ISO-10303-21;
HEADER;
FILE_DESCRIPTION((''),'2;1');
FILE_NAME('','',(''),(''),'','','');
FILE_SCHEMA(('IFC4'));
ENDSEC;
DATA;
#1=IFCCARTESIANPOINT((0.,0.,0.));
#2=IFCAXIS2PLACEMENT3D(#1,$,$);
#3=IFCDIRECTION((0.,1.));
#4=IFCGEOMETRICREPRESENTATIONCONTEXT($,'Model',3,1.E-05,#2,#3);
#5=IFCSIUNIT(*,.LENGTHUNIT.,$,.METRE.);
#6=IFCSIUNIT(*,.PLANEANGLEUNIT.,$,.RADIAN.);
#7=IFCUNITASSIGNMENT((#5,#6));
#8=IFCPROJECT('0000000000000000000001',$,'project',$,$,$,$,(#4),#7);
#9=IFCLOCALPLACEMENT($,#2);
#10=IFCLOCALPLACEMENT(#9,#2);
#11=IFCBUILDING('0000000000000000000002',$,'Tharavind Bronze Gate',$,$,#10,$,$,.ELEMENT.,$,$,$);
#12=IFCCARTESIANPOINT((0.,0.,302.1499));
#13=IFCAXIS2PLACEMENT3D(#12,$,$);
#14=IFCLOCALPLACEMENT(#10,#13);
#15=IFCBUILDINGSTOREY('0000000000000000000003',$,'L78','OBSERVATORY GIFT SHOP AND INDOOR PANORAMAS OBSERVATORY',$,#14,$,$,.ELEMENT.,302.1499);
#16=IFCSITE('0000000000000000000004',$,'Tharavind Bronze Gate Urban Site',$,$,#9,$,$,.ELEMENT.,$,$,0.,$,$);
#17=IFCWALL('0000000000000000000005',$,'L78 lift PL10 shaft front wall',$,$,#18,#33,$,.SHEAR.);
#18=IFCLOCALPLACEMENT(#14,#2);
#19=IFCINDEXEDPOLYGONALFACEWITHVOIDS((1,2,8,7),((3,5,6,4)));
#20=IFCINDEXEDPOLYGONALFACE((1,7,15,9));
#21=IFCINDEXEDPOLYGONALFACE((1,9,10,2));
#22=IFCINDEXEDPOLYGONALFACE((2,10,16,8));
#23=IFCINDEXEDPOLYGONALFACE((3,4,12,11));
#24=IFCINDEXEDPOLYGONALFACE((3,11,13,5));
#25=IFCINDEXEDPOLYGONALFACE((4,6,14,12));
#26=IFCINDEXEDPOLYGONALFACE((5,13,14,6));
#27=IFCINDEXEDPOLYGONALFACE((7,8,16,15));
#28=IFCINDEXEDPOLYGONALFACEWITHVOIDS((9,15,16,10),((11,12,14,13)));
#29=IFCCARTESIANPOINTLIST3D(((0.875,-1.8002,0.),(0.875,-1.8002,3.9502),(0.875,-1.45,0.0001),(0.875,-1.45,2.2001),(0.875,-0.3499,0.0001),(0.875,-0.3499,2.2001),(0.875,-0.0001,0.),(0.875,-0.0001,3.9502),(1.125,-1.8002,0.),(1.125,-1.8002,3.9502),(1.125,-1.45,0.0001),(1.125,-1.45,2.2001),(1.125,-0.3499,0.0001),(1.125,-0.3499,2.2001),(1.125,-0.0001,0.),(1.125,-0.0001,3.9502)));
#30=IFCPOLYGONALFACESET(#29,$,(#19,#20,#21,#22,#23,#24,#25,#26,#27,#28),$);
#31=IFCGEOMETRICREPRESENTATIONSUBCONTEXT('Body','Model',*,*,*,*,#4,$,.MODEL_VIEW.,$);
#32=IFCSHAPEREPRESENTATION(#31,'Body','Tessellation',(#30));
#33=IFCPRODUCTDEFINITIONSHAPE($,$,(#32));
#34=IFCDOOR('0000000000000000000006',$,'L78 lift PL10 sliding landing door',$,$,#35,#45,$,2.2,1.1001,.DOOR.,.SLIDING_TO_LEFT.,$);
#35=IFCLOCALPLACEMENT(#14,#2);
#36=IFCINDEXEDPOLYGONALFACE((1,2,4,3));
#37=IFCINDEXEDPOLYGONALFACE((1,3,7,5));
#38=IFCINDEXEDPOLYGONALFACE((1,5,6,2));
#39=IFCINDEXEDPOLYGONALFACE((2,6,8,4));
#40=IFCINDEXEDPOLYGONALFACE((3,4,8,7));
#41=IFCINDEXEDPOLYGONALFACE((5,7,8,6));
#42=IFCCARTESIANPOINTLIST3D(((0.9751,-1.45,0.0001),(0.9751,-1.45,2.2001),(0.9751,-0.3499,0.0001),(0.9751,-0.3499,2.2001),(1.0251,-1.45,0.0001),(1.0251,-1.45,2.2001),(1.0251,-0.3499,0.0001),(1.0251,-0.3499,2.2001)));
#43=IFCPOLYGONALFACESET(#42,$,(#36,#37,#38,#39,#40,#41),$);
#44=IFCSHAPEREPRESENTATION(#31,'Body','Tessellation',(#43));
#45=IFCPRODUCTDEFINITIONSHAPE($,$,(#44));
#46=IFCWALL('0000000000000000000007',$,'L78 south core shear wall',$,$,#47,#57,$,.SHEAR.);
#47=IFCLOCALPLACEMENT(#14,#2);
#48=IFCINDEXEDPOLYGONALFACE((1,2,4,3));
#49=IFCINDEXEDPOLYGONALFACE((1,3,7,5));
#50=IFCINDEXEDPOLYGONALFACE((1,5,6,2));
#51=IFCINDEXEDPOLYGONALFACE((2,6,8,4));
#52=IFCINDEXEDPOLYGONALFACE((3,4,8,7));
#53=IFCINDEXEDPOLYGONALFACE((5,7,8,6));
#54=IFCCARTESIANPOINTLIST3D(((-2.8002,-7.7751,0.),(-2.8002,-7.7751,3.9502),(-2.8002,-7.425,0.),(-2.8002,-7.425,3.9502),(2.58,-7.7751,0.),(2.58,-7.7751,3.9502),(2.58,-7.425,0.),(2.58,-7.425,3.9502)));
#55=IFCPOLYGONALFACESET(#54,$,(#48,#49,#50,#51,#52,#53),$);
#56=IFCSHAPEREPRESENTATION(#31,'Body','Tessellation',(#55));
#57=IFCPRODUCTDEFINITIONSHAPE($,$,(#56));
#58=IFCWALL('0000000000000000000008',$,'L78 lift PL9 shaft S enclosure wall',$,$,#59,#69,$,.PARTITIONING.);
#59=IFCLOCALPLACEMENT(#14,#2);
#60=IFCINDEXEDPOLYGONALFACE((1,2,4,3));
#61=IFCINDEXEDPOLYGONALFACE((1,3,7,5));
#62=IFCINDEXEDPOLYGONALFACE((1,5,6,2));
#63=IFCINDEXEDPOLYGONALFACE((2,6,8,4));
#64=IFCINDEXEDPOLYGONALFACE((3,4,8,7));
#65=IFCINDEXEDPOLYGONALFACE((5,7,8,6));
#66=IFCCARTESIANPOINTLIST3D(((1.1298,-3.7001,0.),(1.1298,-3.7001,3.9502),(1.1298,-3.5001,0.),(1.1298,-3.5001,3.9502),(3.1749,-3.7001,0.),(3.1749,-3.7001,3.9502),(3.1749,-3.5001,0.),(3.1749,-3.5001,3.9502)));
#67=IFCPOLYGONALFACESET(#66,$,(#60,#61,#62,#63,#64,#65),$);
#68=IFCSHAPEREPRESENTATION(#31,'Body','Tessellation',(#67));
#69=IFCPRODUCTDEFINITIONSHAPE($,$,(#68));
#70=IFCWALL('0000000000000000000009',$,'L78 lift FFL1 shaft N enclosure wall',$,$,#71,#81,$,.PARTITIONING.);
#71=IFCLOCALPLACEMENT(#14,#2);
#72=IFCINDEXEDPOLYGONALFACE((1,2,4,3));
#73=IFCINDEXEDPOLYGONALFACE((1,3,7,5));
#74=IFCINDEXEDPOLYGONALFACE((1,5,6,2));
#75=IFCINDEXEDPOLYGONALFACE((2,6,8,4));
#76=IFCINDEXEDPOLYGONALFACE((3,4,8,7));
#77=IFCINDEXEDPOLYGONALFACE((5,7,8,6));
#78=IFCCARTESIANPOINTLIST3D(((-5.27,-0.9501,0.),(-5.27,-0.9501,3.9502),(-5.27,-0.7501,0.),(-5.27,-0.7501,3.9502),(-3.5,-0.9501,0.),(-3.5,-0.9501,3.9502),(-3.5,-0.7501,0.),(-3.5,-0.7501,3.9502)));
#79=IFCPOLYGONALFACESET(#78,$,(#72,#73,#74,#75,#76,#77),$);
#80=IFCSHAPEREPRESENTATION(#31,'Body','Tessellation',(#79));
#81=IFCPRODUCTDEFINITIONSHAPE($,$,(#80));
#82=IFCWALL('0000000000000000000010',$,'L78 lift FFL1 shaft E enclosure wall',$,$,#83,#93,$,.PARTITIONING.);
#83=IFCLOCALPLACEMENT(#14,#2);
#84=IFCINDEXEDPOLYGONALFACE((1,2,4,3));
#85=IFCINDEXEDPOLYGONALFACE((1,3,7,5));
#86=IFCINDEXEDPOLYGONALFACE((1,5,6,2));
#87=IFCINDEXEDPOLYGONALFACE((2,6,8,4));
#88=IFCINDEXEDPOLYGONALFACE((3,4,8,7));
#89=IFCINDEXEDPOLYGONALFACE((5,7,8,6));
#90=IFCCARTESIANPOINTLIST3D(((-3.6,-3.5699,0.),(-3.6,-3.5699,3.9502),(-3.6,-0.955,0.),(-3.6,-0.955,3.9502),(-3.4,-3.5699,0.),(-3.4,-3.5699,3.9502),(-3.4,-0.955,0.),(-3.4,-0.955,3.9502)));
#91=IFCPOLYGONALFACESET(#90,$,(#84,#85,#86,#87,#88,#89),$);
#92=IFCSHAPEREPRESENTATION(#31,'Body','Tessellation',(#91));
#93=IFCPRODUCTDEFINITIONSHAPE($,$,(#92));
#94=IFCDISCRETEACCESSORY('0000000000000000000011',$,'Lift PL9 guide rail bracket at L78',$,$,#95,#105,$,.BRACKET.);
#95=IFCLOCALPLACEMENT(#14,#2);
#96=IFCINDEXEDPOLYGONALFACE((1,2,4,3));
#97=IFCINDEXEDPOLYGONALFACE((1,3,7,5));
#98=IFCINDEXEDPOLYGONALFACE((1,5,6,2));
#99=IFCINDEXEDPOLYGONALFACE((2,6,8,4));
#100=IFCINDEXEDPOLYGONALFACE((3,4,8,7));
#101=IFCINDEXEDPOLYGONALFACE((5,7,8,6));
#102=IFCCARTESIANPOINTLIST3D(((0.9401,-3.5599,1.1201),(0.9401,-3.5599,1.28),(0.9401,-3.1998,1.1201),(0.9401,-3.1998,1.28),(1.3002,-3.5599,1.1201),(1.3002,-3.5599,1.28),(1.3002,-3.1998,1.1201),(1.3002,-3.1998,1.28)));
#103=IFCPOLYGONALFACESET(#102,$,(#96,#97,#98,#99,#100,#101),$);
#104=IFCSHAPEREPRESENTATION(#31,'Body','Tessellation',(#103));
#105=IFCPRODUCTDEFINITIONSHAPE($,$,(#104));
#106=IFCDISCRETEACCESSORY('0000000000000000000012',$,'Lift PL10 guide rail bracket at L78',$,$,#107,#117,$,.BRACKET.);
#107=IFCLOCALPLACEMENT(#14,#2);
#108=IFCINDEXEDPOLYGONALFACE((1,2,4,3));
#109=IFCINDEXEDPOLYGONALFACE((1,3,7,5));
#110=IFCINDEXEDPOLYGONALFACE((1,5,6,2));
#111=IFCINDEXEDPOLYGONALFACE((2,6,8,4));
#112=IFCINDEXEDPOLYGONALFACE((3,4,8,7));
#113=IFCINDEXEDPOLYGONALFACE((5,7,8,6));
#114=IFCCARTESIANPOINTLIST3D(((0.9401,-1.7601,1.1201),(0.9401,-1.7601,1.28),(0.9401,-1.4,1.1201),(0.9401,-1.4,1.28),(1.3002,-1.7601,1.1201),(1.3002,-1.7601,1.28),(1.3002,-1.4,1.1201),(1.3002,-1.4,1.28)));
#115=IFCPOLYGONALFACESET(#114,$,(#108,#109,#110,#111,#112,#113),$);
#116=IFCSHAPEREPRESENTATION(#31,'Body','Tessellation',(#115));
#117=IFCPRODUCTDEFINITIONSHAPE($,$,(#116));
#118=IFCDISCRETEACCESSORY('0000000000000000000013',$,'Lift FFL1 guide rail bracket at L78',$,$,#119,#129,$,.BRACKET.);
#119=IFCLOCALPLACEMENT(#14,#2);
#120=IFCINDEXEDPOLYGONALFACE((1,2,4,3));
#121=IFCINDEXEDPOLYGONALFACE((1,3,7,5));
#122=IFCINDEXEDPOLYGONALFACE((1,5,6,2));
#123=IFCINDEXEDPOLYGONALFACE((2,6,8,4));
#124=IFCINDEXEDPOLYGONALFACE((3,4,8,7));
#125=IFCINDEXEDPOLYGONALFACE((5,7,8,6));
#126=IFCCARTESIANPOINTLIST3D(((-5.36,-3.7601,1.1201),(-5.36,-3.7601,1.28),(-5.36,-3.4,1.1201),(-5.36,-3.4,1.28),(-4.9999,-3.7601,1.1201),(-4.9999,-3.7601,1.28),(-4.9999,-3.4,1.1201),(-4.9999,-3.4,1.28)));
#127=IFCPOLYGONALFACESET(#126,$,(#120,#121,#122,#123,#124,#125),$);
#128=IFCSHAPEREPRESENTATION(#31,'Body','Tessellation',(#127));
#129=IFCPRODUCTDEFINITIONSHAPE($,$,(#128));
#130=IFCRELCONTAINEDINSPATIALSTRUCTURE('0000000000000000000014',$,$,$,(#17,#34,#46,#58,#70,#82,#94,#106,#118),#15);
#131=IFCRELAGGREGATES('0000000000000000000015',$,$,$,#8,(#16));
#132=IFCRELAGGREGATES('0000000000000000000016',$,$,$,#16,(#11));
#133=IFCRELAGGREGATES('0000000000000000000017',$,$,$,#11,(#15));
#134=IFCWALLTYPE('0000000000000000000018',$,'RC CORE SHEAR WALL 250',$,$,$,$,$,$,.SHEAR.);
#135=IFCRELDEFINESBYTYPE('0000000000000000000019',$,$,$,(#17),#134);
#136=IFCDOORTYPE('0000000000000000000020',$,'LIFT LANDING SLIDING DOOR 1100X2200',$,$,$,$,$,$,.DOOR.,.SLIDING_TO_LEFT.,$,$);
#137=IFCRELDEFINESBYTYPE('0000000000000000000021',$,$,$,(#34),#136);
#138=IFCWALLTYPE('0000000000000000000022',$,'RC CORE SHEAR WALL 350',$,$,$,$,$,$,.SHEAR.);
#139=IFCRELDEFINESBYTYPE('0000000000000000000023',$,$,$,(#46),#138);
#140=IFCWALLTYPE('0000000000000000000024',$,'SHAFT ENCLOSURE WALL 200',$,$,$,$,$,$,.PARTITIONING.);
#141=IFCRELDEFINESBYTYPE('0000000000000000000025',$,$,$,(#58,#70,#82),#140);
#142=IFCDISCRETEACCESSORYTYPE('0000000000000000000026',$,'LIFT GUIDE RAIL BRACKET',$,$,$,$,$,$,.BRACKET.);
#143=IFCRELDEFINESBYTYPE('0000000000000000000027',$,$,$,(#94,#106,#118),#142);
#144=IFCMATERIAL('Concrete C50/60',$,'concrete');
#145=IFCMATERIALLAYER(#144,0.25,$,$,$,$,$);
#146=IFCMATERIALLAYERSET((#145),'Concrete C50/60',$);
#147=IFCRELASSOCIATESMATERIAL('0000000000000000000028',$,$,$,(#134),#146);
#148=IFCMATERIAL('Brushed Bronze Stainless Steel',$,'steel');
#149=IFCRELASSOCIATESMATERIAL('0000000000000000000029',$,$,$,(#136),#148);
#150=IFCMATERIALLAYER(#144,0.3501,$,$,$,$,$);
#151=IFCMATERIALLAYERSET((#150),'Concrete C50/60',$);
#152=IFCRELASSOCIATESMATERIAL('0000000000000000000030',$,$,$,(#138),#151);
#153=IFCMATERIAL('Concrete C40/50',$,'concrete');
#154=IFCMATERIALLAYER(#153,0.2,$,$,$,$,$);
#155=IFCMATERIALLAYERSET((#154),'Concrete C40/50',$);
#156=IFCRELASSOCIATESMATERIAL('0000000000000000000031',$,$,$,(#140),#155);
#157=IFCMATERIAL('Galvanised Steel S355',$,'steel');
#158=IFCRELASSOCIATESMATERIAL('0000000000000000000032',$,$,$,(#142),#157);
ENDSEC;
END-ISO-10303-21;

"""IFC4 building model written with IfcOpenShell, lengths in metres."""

from ifc_helpers import new_model, si_unit, direction, frame, frame_2d, origin, origin_2d, place, context, subcontext, project, spatial, rectangle, extrude, material, layer, layer_set, type_object, element, fill, save


model = new_model("IFC4")

# Units and contexts
model_context = context("Model", 3, precision=1e-05, world=origin(), true_north=direction((0.0, 1.0)))
body_context = subcontext(model_context, "Body", "Model", "MODEL_VIEW")
ifc_project = project(units=[si_unit("LENGTHUNIT", "METRE"), si_unit("PLANEANGLEUNIT", "RADIAN")], contexts=[model_context])

# Site, building, storey
site_placement = place(None, origin())
site = spatial("IfcSite", under=ifc_project, at=site_placement, Name="Tharavind Bronze Gate Urban Site", CompositionType="ELEMENT", RefElevation=0.0)
building_placement = place(site_placement, origin())
building = spatial("IfcBuilding", under=site, at=building_placement, Name="Tharavind Bronze Gate", CompositionType="ELEMENT")
storey_placement = place(building_placement, frame((0.0, 0.0, 302.1499)))
storey = spatial("IfcBuildingStorey", under=building, at=storey_placement, Name="L78", Description="OBSERVATORY GIFT SHOP AND INDOOR PANORAMAS OBSERVATORY", CompositionType="ELEMENT", Elevation=302.1499)

# Shared definitions
ifc_material_1 = material(Name="Concrete C50/60", Category="concrete")

# Shared definitions
ifc_layer_1 = layer(ifc_material_1, 0.25)
ifc_layer_set_1 = layer_set([ifc_layer_1], Name="Concrete C50/60")
wall_type_1 = type_object("IfcWallType", Name="RC CORE SHEAR WALL 250", PredefinedType="SHEAR", material=ifc_layer_set_1)

# Wall, opening, door
ifc_material_2 = material(Name="Brushed Bronze Stainless Steel", Category="steel")
door_type = type_object("IfcDoorType", Name="LIFT LANDING SLIDING DOOR 1100X2200", OperationType="SLIDING_TO_LEFT", PredefinedType="DOOR", material=ifc_material_2)
wall_1_placement = place(storey_placement, frame((1.0, -1.8, 0.0), z_axis=(0.0, 0.0, 1.0), x_axis=(0.0, 1.0, 0.0)))
wall_1 = element("IfcWall", 1, at=wall_1_placement, inside=storey, type_object=wall_type_1, Name="L78 lift PL10 shaft front wall", PredefinedType="SHEAR", context=body_context, shape_type="SweptSolid", body=[
    extrude(rectangle(XDim=1.8, YDim=0.25, at=frame_2d((0.8999, 0.0))), origin(), (0.0, 0.0, 1.0), 3.9502),
])
opening_1_placement = place(wall_1_placement, frame((0.3501, 0.0, 0.0)))
opening_1 = element("IfcOpeningElement", 2, at=opening_1_placement, cuts=wall_1, PredefinedType="OPENING", context=body_context, shape_type="SweptSolid", body=[
    extrude(rectangle(XDim=1.1001, YDim=2.2, at=frame_2d((0.55, 1.1001))), frame((0.0, 0.135, 0.0), z_axis=(0.0, -1.0, 0.0), x_axis=(1.0, 0.0, 0.0)), (0.0, 0.0, 1.0), 0.27),
])
door_1_placement = place(opening_1_placement, origin())
door_1 = element("IfcDoor", 3, at=door_1_placement, inside=storey, type_object=door_type, Name="L78 lift PL10 sliding landing door", OperationType="SLIDING_TO_LEFT", OverallHeight=2.2, OverallWidth=1.1001, PredefinedType="DOOR", context=body_context, shape_type="SweptSolid", body=[
    extrude(rectangle(XDim=1.1001, YDim=2.2, at=frame_2d((0.55, 1.1001))), frame((0.0, 0.0249, 0.0), z_axis=(0.0, -1.0, 0.0), x_axis=(1.0, 0.0, 0.0)), (0.0, 0.0, 1.0), 0.05),
])
fill(opening_1, door_1)

# Walls
ifc_layer_2 = layer(ifc_material_1, 0.3501)
ifc_layer_set_2 = layer_set([ifc_layer_2], Name="Concrete C50/60")
wall_type_2 = type_object("IfcWallType", Name="RC CORE SHEAR WALL 350", PredefinedType="SHEAR", material=ifc_layer_set_2)
wall_2_placement = place(storey_placement, frame((-2.8, -7.6001, 0.0), z_axis=(0.0, 0.0, 1.0), x_axis=(1.0, 0.0, 0.0)))
element("IfcWall", 4, at=wall_2_placement, inside=storey, type_object=wall_type_2, Name="L78 south core shear wall", PredefinedType="SHEAR", context=body_context, shape_type="SweptSolid", body=[
    extrude(rectangle(XDim=5.3801, YDim=0.3501, at=frame_2d((2.6899, 0.0))), origin(), (0.0, 0.0, 1.0), 3.9502),
])
ifc_material_3 = material(Name="Concrete C40/50", Category="concrete")
ifc_layer_3 = layer(ifc_material_3, 0.2)
ifc_layer_set_3 = layer_set([ifc_layer_3], Name="Concrete C40/50")
wall_type_3 = type_object("IfcWallType", Name="SHAFT ENCLOSURE WALL 200", PredefinedType="PARTITIONING", material=ifc_layer_set_3)
wall_3_placement = place(storey_placement, frame((1.1299, -3.6001, 0.0), z_axis=(0.0, 0.0, 1.0), x_axis=(1.0, 0.0, 0.0)))
element("IfcWall", 5, at=wall_3_placement, inside=storey, type_object=wall_type_3, Name="L78 lift PL9 shaft S enclosure wall", PredefinedType="PARTITIONING", context=body_context, shape_type="SweptSolid", body=[
    extrude(rectangle(XDim=2.0452, YDim=0.2, at=frame_2d((1.0225, 0.0))), origin(), (0.0, 0.0, 1.0), 3.9502),
])
wall_4_placement = place(storey_placement, frame((-5.27, -0.8501, 0.0), z_axis=(0.0, 0.0, 1.0), x_axis=(1.0, 0.0, 0.0)))
element("IfcWall", 6, at=wall_4_placement, inside=storey, type_object=wall_type_3, Name="L78 lift FFL1 shaft N enclosure wall", PredefinedType="PARTITIONING", context=body_context, shape_type="SweptSolid", body=[
    extrude(rectangle(XDim=1.77, YDim=0.2, at=frame_2d((0.885, 0.0))), origin(), (0.0, 0.0, 1.0), 3.9502),
])
wall_5_placement = place(storey_placement, frame((-3.5, -3.5701, 0.0), z_axis=(0.0, 0.0, 1.0), x_axis=(0.0, 1.0, 0.0)))
element("IfcWall", 7, at=wall_5_placement, inside=storey, type_object=wall_type_3, Name="L78 lift FFL1 shaft E enclosure wall", PredefinedType="PARTITIONING", context=body_context, shape_type="SweptSolid", body=[
    extrude(rectangle(XDim=2.615, YDim=0.2, at=frame_2d((1.3076, 0.0))), origin(), (0.0, 0.0, 1.0), 3.9502),
])

# Discrete accessories
ifc_material_4 = material(Name="Galvanised Steel S355", Category="steel")
discrete_accessory_type = type_object("IfcDiscreteAccessoryType", Name="LIFT GUIDE RAIL BRACKET", PredefinedType="BRACKET", material=ifc_material_4)
for number, where, z_axis, x_axis, name in (
    (8, (1.1201, -3.3799, 1.1201), (0.0, 0.0, 1.0), (1.0, 0.0, 0.0), "Lift PL9 guide rail bracket at L78"),
    (9, (1.1201, -1.5801, 1.1201), (0.0, 0.0, 1.0), (1.0, 0.0, 0.0), "Lift PL10 guide rail bracket at L78"),
    (10, (-5.1799, -3.5801, 1.1201), (0.0, 0.0, 1.0), (1.0, 0.0, 0.0), "Lift FFL1 guide rail bracket at L78"),
):
    element("IfcDiscreteAccessory", number, at=place(storey_placement, frame(where, z_axis=z_axis, x_axis=x_axis)), inside=storey, type_object=discrete_accessory_type, Name=name, PredefinedType="BRACKET", context=body_context, shape_type="SweptSolid", body=[
        extrude(rectangle(XDim=0.3601, YDim=0.3601, at=origin_2d()), origin(), (0.0, 0.0, 1.0), 0.1599),
    ])

save(model, "model.ifc")
